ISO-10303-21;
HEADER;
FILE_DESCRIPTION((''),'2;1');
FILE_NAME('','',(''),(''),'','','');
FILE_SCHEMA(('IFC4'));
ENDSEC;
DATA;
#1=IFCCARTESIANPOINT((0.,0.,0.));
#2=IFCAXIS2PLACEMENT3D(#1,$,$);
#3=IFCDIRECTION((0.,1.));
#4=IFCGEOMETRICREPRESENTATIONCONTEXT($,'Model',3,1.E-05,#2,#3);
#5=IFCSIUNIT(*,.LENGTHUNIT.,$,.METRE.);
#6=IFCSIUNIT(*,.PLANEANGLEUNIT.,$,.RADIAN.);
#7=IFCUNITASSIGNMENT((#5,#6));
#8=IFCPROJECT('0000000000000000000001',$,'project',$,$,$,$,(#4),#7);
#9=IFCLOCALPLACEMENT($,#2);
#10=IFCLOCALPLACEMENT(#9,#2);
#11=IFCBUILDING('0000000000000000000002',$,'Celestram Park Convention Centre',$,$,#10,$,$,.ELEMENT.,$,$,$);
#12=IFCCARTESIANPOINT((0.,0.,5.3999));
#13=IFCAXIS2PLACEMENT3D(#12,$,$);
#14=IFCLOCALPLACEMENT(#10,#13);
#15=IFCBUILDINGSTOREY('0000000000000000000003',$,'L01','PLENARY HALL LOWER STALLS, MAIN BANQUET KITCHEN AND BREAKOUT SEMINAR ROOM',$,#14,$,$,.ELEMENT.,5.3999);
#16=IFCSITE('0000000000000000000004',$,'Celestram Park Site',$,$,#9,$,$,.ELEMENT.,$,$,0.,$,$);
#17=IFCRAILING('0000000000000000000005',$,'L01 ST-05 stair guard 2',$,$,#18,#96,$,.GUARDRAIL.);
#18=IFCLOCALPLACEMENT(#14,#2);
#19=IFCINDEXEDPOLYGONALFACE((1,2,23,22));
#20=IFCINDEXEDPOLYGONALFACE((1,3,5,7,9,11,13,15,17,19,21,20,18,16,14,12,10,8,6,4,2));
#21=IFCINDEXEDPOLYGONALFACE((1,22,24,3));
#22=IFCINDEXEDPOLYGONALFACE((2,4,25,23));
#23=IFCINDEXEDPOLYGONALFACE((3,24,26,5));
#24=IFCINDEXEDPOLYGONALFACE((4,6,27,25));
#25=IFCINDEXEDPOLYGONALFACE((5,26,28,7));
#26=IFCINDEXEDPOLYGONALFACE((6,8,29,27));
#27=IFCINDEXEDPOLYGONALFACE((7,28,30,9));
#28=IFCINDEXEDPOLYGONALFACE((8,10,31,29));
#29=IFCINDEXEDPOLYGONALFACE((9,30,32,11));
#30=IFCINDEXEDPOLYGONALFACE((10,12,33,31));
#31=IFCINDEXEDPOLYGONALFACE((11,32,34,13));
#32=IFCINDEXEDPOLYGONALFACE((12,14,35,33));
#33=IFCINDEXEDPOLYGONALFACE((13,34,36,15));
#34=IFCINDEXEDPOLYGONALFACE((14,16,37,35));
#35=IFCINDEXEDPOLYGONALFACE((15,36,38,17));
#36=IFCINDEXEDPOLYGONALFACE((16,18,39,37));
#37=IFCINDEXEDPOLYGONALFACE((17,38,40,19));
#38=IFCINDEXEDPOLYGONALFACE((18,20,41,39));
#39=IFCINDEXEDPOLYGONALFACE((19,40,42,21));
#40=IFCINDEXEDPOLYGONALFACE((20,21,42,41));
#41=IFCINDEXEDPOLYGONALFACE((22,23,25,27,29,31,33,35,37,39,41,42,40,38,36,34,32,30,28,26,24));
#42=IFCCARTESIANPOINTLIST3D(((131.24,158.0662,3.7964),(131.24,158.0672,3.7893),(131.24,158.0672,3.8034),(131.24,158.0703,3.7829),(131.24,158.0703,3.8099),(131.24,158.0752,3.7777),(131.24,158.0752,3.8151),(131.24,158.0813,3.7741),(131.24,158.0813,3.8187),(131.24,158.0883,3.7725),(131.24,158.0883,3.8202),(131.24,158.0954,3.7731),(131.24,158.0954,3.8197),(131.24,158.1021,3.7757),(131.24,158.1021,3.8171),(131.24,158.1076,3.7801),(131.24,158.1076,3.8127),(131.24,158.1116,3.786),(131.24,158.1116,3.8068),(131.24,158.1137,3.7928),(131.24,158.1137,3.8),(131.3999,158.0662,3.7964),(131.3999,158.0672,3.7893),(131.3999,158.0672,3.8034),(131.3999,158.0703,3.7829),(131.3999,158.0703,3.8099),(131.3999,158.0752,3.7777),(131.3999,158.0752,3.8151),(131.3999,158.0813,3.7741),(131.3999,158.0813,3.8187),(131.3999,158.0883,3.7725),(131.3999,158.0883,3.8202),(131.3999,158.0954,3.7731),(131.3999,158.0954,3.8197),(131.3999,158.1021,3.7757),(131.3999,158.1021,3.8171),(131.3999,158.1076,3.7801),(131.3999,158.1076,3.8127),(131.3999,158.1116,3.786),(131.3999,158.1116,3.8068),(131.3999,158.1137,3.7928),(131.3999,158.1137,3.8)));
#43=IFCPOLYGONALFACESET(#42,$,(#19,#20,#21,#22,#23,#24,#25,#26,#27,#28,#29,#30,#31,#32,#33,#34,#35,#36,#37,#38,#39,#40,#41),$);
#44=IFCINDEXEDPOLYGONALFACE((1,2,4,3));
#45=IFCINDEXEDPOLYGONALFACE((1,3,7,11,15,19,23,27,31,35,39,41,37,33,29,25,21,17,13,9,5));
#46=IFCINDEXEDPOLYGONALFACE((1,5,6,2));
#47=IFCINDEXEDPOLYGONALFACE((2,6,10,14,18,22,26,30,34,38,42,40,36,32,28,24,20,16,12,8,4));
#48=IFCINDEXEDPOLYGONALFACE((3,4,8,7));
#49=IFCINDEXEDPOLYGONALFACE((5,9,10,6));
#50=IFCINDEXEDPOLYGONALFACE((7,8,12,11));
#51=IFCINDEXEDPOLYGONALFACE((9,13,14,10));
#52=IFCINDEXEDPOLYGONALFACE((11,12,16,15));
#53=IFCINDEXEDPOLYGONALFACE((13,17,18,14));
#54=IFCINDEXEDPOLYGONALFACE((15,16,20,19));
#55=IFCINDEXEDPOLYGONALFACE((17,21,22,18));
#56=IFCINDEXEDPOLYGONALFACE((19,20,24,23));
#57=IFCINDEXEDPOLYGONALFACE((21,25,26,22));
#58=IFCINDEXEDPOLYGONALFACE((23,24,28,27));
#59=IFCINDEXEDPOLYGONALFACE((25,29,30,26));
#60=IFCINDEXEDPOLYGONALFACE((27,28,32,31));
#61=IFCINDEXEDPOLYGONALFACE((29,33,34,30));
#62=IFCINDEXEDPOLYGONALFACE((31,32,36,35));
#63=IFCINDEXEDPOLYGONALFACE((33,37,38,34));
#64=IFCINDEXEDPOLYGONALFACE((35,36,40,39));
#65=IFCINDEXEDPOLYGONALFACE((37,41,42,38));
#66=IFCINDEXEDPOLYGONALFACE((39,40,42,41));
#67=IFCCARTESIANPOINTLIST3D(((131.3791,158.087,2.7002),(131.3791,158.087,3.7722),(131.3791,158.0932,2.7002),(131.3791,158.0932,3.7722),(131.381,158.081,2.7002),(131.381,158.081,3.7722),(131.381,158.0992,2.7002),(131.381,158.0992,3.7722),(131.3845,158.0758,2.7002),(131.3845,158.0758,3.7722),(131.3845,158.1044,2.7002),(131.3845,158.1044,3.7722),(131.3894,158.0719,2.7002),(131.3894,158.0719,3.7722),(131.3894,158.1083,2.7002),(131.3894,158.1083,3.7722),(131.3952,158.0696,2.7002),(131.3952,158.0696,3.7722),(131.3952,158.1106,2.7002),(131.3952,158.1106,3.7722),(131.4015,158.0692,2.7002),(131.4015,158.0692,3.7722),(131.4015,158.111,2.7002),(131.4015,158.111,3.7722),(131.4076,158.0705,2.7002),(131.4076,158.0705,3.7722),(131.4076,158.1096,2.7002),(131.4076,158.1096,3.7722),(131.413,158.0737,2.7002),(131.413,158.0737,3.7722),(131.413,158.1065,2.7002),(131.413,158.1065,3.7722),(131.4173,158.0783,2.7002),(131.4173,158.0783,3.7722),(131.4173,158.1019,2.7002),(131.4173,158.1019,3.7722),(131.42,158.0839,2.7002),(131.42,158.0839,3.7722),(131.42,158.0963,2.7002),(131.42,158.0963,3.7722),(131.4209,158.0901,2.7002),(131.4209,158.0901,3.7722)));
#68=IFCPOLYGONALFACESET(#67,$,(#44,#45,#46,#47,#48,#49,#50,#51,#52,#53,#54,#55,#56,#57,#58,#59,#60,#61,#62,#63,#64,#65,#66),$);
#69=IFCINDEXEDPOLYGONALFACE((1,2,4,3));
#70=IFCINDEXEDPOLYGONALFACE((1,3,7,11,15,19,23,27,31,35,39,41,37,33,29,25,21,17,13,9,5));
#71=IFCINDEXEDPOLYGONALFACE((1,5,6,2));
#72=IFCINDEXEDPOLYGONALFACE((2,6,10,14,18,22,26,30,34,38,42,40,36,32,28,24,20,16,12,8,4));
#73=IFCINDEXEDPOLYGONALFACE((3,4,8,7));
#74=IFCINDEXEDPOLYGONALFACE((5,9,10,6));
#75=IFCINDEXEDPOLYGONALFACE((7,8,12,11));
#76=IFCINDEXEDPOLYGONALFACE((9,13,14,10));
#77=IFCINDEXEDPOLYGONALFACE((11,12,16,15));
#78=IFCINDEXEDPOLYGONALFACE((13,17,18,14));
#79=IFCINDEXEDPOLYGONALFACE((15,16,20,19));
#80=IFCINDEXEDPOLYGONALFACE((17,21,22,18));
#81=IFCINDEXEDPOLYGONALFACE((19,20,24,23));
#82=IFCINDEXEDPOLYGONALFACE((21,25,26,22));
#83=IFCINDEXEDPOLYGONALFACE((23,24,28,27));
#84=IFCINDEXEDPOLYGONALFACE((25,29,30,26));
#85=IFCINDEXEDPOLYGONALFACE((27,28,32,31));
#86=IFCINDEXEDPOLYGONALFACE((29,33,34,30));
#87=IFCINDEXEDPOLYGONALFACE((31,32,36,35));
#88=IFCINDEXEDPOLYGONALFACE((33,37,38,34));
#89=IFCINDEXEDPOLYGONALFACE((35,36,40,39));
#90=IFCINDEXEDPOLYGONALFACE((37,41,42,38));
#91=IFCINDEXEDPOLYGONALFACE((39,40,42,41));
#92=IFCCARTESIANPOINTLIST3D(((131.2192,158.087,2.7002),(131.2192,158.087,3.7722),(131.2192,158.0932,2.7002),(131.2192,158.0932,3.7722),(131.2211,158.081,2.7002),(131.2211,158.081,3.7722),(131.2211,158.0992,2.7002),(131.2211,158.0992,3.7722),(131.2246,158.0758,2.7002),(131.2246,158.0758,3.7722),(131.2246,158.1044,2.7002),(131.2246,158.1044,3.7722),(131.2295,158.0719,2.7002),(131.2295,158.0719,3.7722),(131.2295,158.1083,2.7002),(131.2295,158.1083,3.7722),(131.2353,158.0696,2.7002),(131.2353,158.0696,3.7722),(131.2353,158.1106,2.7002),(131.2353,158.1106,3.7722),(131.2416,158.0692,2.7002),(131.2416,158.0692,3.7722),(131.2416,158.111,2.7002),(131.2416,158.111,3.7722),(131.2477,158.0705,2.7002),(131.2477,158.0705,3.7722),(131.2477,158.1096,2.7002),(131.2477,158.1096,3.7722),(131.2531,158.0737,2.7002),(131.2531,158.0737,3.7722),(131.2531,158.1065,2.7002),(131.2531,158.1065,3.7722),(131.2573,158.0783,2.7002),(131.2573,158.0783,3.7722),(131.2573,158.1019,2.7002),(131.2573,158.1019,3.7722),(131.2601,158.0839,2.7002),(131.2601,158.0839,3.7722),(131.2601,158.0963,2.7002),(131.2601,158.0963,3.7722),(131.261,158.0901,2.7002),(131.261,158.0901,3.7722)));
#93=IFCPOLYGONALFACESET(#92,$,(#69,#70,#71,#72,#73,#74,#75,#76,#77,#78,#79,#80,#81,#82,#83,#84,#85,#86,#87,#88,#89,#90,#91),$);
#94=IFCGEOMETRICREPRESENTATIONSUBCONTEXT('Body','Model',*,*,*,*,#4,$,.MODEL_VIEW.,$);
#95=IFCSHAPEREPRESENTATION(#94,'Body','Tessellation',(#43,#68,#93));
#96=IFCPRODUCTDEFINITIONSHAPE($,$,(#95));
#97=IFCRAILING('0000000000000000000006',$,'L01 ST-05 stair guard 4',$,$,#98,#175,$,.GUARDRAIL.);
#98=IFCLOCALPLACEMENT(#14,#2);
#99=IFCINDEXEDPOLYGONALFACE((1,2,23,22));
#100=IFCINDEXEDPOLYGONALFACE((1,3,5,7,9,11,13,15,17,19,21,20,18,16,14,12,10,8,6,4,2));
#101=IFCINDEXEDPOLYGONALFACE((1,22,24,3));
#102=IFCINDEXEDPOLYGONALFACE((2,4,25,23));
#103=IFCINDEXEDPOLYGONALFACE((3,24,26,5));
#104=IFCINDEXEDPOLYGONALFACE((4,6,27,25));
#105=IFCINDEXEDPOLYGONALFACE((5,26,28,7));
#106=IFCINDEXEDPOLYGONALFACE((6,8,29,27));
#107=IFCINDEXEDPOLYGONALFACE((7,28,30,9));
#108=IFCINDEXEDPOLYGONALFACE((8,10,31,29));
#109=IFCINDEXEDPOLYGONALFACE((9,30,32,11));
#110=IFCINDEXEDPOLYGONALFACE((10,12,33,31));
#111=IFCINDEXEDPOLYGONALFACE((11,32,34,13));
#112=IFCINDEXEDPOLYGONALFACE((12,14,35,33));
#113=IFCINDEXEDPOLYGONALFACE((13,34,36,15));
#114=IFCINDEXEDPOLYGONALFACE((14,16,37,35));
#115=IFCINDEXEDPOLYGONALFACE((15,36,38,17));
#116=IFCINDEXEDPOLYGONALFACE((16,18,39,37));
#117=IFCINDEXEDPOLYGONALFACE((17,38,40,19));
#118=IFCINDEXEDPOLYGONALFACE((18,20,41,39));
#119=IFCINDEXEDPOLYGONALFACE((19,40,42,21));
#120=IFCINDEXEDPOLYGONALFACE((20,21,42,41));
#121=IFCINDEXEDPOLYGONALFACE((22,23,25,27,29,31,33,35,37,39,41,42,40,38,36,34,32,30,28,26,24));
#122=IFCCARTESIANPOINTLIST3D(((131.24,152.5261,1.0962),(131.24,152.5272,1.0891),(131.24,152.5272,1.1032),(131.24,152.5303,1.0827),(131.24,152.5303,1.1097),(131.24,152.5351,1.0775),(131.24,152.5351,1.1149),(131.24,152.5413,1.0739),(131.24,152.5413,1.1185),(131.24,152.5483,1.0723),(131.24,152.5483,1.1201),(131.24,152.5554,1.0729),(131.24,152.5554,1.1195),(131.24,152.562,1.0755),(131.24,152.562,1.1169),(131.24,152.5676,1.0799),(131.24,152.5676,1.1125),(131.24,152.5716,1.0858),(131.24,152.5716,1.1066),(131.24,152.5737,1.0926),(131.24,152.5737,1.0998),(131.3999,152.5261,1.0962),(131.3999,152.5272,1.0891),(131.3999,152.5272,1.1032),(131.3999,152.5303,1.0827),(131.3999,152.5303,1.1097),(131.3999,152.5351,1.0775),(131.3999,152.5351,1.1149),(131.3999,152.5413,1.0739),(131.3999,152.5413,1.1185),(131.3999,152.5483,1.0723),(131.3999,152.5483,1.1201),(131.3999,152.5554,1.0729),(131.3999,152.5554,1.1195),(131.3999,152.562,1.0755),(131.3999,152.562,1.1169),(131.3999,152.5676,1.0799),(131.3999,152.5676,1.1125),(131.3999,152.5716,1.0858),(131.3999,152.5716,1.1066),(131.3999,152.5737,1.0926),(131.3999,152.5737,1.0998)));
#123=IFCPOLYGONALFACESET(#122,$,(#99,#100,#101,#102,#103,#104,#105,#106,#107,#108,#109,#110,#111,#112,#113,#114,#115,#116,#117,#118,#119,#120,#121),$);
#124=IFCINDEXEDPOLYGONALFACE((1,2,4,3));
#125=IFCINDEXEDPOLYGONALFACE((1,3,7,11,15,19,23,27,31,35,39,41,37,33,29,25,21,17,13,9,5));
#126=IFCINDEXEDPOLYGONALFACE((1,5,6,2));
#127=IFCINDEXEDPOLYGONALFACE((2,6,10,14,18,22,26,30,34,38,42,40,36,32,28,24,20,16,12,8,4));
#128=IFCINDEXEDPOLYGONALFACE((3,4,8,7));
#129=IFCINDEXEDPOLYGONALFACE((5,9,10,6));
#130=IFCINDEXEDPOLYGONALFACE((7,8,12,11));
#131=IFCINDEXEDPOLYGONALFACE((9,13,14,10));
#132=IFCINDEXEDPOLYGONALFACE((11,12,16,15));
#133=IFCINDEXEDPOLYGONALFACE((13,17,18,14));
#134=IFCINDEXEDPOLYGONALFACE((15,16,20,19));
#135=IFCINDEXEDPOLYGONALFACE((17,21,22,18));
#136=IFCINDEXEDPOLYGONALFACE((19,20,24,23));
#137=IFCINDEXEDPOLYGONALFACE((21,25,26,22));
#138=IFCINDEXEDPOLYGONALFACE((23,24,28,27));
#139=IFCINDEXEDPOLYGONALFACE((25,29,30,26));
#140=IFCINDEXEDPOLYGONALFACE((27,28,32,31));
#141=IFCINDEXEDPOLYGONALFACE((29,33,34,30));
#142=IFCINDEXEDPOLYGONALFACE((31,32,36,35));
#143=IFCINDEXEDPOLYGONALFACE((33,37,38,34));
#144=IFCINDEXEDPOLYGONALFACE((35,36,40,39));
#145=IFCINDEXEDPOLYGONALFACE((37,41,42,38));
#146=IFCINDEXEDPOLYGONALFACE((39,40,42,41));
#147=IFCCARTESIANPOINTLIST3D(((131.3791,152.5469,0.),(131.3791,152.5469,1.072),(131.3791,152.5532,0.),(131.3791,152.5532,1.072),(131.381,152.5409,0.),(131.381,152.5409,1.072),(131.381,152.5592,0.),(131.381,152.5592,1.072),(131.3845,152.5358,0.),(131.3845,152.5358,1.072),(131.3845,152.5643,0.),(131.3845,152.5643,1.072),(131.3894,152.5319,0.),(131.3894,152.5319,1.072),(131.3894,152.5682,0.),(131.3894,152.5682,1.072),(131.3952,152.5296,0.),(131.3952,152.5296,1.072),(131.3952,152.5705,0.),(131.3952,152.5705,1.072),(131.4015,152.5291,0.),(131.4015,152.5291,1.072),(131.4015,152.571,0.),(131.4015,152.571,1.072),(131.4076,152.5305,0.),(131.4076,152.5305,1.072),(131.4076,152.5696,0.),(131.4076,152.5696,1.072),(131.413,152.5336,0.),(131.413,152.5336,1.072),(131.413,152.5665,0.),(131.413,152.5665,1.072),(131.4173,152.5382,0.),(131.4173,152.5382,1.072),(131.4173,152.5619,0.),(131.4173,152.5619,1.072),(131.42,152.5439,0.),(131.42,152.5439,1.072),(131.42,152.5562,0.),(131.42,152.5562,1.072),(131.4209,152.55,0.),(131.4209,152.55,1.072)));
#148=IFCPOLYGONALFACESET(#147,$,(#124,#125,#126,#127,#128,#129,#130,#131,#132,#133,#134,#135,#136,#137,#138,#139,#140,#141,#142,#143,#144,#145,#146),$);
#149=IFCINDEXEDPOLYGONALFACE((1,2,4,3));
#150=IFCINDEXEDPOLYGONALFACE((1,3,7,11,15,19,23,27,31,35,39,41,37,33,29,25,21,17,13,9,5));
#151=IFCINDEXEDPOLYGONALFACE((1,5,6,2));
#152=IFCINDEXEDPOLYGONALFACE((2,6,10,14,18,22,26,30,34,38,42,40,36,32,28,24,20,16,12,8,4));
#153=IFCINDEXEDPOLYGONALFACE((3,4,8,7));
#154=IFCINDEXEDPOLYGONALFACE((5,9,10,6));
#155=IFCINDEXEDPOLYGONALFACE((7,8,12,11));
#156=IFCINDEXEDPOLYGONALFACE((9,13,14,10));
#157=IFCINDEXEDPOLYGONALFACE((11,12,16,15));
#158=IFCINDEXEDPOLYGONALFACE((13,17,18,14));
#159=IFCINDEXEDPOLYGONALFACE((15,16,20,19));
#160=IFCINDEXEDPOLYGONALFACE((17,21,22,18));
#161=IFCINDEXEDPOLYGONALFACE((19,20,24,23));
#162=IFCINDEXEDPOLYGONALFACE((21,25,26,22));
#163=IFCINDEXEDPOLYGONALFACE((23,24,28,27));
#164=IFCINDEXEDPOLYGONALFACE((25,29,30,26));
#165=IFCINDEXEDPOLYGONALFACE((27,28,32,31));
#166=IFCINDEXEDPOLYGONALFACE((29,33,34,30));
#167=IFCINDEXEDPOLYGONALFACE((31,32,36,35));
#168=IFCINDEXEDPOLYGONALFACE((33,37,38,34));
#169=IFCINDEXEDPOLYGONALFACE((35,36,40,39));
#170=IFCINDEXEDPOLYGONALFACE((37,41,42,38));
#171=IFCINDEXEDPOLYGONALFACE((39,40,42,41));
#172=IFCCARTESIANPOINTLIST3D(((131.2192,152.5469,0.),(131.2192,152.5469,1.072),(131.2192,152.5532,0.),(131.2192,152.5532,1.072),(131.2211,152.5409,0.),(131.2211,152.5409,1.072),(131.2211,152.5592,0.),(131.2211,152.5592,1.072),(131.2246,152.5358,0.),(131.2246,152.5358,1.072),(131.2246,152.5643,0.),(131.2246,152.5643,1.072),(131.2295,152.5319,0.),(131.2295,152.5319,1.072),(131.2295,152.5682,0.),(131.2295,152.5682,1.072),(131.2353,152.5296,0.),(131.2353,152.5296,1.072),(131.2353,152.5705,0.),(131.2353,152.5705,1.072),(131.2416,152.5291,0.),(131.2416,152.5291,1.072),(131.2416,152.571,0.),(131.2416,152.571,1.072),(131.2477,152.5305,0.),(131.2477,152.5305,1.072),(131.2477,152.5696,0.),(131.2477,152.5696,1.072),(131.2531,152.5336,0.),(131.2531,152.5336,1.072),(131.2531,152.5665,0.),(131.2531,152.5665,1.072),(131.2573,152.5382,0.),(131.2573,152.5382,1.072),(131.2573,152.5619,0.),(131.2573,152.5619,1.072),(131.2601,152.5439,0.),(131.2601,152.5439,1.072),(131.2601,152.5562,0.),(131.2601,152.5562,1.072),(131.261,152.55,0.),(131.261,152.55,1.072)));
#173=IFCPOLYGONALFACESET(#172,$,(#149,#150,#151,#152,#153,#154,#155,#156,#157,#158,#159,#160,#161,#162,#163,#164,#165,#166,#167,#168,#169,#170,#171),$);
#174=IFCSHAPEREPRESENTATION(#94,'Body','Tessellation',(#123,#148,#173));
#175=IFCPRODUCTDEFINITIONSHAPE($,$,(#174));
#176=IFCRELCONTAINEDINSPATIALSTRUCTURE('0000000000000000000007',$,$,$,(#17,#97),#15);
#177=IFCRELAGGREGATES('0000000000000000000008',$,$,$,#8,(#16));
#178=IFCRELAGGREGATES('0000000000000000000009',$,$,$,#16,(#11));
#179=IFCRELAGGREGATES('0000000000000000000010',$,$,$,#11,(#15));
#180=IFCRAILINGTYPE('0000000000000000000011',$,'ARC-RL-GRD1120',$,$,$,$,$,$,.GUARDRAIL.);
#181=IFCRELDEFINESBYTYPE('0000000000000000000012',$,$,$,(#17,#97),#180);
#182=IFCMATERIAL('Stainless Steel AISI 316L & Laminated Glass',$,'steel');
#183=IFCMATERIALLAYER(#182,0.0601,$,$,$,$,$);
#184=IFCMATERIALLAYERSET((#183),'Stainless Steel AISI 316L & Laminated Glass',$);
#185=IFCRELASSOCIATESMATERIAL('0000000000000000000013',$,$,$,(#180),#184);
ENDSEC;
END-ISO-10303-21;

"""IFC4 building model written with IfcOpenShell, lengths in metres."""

from ifc_helpers import new_model, si_unit, direction, frame, origin, origin_2d, place, context, subcontext, project, spatial, circle, extrude, material, layer, layer_set, type_object, element, save


model = new_model("IFC4")

# Units and contexts
model_context = context("Model", 3, precision=1e-05, world=origin(), true_north=direction((0.0, 1.0)))
body_context = subcontext(model_context, "Body", "Model", "MODEL_VIEW")
ifc_project = project(units=[si_unit("LENGTHUNIT", "METRE"), si_unit("PLANEANGLEUNIT", "RADIAN")], contexts=[model_context])

# Site, building, storey
site_placement = place(None, origin())
site = spatial("IfcSite", under=ifc_project, at=site_placement, Name="Celestram Park Site", CompositionType="ELEMENT", RefElevation=0.0)
building_placement = place(site_placement, origin())
building = spatial("IfcBuilding", under=site, at=building_placement, Name="Celestram Park Convention Centre", CompositionType="ELEMENT")
storey_placement = place(building_placement, frame((0.0, 0.0, 5.3999)))
storey = spatial("IfcBuildingStorey", under=building, at=storey_placement, Name="L01", Description="PLENARY HALL LOWER STALLS, MAIN BANQUET KITCHEN AND BREAKOUT SEMINAR ROOM", CompositionType="ELEMENT", Elevation=5.3999)

# Railings
ifc_material_1 = material(Name="Stainless Steel AISI 316L & Laminated Glass", Category="steel")
ifc_layer_1 = layer(ifc_material_1, 0.0601)
ifc_layer_set_1 = layer_set([ifc_layer_1], Name="Stainless Steel AISI 316L & Laminated Glass")
railing_type_1 = type_object("IfcRailingType", Name="ARC-RL-GRD1120", PredefinedType="GUARDRAIL", material=ifc_layer_set_1)
railing_1_placement = place(storey_placement, frame((131.3999, 158.0901, 2.7002)))
element("IfcRailing", 1, at=railing_1_placement, inside=storey, type_object=railing_type_1, Name="L01 ST-05 stair guard 2", PredefinedType="GUARDRAIL", context=body_context, shape_type="SweptSolid", body=[
    extrude(circle(Radius=0.0239, at=origin_2d()), frame((0.0, 0.0, 1.0962), z_axis=(-1.0, 0.0, 0.0), x_axis=(0.0, -1.0, 0.0)), (0.0, 0.0, 1.0), 0.1599),
    extrude(circle(Radius=0.021, at=origin_2d()), origin(), (0.0, 0.0, 1.0), 1.072),
    extrude(circle(Radius=0.021, at=origin_2d()), frame((-0.1599, 0.0, 0.0)), (0.0, 0.0, 1.0), 1.072),
])
railing_2_placement = place(storey_placement, frame((131.3999, 152.55, 0.0)))
element("IfcRailing", 2, at=railing_2_placement, inside=storey, type_object=railing_type_1, Name="L01 ST-05 stair guard 4", PredefinedType="GUARDRAIL", context=body_context, shape_type="SweptSolid", body=[
    extrude(circle(Radius=0.0239, at=origin_2d()), frame((0.0, 0.0, 1.0962), z_axis=(-1.0, 0.0, 0.0), x_axis=(0.0, -1.0, 0.0)), (0.0, 0.0, 1.0), 0.1599),
    extrude(circle(Radius=0.021, at=origin_2d()), origin(), (0.0, 0.0, 1.0), 1.072),
    extrude(circle(Radius=0.021, at=origin_2d()), frame((-0.1599, 0.0, 0.0)), (0.0, 0.0, 1.0), 1.072),
])

save(model, "model.ifc")
